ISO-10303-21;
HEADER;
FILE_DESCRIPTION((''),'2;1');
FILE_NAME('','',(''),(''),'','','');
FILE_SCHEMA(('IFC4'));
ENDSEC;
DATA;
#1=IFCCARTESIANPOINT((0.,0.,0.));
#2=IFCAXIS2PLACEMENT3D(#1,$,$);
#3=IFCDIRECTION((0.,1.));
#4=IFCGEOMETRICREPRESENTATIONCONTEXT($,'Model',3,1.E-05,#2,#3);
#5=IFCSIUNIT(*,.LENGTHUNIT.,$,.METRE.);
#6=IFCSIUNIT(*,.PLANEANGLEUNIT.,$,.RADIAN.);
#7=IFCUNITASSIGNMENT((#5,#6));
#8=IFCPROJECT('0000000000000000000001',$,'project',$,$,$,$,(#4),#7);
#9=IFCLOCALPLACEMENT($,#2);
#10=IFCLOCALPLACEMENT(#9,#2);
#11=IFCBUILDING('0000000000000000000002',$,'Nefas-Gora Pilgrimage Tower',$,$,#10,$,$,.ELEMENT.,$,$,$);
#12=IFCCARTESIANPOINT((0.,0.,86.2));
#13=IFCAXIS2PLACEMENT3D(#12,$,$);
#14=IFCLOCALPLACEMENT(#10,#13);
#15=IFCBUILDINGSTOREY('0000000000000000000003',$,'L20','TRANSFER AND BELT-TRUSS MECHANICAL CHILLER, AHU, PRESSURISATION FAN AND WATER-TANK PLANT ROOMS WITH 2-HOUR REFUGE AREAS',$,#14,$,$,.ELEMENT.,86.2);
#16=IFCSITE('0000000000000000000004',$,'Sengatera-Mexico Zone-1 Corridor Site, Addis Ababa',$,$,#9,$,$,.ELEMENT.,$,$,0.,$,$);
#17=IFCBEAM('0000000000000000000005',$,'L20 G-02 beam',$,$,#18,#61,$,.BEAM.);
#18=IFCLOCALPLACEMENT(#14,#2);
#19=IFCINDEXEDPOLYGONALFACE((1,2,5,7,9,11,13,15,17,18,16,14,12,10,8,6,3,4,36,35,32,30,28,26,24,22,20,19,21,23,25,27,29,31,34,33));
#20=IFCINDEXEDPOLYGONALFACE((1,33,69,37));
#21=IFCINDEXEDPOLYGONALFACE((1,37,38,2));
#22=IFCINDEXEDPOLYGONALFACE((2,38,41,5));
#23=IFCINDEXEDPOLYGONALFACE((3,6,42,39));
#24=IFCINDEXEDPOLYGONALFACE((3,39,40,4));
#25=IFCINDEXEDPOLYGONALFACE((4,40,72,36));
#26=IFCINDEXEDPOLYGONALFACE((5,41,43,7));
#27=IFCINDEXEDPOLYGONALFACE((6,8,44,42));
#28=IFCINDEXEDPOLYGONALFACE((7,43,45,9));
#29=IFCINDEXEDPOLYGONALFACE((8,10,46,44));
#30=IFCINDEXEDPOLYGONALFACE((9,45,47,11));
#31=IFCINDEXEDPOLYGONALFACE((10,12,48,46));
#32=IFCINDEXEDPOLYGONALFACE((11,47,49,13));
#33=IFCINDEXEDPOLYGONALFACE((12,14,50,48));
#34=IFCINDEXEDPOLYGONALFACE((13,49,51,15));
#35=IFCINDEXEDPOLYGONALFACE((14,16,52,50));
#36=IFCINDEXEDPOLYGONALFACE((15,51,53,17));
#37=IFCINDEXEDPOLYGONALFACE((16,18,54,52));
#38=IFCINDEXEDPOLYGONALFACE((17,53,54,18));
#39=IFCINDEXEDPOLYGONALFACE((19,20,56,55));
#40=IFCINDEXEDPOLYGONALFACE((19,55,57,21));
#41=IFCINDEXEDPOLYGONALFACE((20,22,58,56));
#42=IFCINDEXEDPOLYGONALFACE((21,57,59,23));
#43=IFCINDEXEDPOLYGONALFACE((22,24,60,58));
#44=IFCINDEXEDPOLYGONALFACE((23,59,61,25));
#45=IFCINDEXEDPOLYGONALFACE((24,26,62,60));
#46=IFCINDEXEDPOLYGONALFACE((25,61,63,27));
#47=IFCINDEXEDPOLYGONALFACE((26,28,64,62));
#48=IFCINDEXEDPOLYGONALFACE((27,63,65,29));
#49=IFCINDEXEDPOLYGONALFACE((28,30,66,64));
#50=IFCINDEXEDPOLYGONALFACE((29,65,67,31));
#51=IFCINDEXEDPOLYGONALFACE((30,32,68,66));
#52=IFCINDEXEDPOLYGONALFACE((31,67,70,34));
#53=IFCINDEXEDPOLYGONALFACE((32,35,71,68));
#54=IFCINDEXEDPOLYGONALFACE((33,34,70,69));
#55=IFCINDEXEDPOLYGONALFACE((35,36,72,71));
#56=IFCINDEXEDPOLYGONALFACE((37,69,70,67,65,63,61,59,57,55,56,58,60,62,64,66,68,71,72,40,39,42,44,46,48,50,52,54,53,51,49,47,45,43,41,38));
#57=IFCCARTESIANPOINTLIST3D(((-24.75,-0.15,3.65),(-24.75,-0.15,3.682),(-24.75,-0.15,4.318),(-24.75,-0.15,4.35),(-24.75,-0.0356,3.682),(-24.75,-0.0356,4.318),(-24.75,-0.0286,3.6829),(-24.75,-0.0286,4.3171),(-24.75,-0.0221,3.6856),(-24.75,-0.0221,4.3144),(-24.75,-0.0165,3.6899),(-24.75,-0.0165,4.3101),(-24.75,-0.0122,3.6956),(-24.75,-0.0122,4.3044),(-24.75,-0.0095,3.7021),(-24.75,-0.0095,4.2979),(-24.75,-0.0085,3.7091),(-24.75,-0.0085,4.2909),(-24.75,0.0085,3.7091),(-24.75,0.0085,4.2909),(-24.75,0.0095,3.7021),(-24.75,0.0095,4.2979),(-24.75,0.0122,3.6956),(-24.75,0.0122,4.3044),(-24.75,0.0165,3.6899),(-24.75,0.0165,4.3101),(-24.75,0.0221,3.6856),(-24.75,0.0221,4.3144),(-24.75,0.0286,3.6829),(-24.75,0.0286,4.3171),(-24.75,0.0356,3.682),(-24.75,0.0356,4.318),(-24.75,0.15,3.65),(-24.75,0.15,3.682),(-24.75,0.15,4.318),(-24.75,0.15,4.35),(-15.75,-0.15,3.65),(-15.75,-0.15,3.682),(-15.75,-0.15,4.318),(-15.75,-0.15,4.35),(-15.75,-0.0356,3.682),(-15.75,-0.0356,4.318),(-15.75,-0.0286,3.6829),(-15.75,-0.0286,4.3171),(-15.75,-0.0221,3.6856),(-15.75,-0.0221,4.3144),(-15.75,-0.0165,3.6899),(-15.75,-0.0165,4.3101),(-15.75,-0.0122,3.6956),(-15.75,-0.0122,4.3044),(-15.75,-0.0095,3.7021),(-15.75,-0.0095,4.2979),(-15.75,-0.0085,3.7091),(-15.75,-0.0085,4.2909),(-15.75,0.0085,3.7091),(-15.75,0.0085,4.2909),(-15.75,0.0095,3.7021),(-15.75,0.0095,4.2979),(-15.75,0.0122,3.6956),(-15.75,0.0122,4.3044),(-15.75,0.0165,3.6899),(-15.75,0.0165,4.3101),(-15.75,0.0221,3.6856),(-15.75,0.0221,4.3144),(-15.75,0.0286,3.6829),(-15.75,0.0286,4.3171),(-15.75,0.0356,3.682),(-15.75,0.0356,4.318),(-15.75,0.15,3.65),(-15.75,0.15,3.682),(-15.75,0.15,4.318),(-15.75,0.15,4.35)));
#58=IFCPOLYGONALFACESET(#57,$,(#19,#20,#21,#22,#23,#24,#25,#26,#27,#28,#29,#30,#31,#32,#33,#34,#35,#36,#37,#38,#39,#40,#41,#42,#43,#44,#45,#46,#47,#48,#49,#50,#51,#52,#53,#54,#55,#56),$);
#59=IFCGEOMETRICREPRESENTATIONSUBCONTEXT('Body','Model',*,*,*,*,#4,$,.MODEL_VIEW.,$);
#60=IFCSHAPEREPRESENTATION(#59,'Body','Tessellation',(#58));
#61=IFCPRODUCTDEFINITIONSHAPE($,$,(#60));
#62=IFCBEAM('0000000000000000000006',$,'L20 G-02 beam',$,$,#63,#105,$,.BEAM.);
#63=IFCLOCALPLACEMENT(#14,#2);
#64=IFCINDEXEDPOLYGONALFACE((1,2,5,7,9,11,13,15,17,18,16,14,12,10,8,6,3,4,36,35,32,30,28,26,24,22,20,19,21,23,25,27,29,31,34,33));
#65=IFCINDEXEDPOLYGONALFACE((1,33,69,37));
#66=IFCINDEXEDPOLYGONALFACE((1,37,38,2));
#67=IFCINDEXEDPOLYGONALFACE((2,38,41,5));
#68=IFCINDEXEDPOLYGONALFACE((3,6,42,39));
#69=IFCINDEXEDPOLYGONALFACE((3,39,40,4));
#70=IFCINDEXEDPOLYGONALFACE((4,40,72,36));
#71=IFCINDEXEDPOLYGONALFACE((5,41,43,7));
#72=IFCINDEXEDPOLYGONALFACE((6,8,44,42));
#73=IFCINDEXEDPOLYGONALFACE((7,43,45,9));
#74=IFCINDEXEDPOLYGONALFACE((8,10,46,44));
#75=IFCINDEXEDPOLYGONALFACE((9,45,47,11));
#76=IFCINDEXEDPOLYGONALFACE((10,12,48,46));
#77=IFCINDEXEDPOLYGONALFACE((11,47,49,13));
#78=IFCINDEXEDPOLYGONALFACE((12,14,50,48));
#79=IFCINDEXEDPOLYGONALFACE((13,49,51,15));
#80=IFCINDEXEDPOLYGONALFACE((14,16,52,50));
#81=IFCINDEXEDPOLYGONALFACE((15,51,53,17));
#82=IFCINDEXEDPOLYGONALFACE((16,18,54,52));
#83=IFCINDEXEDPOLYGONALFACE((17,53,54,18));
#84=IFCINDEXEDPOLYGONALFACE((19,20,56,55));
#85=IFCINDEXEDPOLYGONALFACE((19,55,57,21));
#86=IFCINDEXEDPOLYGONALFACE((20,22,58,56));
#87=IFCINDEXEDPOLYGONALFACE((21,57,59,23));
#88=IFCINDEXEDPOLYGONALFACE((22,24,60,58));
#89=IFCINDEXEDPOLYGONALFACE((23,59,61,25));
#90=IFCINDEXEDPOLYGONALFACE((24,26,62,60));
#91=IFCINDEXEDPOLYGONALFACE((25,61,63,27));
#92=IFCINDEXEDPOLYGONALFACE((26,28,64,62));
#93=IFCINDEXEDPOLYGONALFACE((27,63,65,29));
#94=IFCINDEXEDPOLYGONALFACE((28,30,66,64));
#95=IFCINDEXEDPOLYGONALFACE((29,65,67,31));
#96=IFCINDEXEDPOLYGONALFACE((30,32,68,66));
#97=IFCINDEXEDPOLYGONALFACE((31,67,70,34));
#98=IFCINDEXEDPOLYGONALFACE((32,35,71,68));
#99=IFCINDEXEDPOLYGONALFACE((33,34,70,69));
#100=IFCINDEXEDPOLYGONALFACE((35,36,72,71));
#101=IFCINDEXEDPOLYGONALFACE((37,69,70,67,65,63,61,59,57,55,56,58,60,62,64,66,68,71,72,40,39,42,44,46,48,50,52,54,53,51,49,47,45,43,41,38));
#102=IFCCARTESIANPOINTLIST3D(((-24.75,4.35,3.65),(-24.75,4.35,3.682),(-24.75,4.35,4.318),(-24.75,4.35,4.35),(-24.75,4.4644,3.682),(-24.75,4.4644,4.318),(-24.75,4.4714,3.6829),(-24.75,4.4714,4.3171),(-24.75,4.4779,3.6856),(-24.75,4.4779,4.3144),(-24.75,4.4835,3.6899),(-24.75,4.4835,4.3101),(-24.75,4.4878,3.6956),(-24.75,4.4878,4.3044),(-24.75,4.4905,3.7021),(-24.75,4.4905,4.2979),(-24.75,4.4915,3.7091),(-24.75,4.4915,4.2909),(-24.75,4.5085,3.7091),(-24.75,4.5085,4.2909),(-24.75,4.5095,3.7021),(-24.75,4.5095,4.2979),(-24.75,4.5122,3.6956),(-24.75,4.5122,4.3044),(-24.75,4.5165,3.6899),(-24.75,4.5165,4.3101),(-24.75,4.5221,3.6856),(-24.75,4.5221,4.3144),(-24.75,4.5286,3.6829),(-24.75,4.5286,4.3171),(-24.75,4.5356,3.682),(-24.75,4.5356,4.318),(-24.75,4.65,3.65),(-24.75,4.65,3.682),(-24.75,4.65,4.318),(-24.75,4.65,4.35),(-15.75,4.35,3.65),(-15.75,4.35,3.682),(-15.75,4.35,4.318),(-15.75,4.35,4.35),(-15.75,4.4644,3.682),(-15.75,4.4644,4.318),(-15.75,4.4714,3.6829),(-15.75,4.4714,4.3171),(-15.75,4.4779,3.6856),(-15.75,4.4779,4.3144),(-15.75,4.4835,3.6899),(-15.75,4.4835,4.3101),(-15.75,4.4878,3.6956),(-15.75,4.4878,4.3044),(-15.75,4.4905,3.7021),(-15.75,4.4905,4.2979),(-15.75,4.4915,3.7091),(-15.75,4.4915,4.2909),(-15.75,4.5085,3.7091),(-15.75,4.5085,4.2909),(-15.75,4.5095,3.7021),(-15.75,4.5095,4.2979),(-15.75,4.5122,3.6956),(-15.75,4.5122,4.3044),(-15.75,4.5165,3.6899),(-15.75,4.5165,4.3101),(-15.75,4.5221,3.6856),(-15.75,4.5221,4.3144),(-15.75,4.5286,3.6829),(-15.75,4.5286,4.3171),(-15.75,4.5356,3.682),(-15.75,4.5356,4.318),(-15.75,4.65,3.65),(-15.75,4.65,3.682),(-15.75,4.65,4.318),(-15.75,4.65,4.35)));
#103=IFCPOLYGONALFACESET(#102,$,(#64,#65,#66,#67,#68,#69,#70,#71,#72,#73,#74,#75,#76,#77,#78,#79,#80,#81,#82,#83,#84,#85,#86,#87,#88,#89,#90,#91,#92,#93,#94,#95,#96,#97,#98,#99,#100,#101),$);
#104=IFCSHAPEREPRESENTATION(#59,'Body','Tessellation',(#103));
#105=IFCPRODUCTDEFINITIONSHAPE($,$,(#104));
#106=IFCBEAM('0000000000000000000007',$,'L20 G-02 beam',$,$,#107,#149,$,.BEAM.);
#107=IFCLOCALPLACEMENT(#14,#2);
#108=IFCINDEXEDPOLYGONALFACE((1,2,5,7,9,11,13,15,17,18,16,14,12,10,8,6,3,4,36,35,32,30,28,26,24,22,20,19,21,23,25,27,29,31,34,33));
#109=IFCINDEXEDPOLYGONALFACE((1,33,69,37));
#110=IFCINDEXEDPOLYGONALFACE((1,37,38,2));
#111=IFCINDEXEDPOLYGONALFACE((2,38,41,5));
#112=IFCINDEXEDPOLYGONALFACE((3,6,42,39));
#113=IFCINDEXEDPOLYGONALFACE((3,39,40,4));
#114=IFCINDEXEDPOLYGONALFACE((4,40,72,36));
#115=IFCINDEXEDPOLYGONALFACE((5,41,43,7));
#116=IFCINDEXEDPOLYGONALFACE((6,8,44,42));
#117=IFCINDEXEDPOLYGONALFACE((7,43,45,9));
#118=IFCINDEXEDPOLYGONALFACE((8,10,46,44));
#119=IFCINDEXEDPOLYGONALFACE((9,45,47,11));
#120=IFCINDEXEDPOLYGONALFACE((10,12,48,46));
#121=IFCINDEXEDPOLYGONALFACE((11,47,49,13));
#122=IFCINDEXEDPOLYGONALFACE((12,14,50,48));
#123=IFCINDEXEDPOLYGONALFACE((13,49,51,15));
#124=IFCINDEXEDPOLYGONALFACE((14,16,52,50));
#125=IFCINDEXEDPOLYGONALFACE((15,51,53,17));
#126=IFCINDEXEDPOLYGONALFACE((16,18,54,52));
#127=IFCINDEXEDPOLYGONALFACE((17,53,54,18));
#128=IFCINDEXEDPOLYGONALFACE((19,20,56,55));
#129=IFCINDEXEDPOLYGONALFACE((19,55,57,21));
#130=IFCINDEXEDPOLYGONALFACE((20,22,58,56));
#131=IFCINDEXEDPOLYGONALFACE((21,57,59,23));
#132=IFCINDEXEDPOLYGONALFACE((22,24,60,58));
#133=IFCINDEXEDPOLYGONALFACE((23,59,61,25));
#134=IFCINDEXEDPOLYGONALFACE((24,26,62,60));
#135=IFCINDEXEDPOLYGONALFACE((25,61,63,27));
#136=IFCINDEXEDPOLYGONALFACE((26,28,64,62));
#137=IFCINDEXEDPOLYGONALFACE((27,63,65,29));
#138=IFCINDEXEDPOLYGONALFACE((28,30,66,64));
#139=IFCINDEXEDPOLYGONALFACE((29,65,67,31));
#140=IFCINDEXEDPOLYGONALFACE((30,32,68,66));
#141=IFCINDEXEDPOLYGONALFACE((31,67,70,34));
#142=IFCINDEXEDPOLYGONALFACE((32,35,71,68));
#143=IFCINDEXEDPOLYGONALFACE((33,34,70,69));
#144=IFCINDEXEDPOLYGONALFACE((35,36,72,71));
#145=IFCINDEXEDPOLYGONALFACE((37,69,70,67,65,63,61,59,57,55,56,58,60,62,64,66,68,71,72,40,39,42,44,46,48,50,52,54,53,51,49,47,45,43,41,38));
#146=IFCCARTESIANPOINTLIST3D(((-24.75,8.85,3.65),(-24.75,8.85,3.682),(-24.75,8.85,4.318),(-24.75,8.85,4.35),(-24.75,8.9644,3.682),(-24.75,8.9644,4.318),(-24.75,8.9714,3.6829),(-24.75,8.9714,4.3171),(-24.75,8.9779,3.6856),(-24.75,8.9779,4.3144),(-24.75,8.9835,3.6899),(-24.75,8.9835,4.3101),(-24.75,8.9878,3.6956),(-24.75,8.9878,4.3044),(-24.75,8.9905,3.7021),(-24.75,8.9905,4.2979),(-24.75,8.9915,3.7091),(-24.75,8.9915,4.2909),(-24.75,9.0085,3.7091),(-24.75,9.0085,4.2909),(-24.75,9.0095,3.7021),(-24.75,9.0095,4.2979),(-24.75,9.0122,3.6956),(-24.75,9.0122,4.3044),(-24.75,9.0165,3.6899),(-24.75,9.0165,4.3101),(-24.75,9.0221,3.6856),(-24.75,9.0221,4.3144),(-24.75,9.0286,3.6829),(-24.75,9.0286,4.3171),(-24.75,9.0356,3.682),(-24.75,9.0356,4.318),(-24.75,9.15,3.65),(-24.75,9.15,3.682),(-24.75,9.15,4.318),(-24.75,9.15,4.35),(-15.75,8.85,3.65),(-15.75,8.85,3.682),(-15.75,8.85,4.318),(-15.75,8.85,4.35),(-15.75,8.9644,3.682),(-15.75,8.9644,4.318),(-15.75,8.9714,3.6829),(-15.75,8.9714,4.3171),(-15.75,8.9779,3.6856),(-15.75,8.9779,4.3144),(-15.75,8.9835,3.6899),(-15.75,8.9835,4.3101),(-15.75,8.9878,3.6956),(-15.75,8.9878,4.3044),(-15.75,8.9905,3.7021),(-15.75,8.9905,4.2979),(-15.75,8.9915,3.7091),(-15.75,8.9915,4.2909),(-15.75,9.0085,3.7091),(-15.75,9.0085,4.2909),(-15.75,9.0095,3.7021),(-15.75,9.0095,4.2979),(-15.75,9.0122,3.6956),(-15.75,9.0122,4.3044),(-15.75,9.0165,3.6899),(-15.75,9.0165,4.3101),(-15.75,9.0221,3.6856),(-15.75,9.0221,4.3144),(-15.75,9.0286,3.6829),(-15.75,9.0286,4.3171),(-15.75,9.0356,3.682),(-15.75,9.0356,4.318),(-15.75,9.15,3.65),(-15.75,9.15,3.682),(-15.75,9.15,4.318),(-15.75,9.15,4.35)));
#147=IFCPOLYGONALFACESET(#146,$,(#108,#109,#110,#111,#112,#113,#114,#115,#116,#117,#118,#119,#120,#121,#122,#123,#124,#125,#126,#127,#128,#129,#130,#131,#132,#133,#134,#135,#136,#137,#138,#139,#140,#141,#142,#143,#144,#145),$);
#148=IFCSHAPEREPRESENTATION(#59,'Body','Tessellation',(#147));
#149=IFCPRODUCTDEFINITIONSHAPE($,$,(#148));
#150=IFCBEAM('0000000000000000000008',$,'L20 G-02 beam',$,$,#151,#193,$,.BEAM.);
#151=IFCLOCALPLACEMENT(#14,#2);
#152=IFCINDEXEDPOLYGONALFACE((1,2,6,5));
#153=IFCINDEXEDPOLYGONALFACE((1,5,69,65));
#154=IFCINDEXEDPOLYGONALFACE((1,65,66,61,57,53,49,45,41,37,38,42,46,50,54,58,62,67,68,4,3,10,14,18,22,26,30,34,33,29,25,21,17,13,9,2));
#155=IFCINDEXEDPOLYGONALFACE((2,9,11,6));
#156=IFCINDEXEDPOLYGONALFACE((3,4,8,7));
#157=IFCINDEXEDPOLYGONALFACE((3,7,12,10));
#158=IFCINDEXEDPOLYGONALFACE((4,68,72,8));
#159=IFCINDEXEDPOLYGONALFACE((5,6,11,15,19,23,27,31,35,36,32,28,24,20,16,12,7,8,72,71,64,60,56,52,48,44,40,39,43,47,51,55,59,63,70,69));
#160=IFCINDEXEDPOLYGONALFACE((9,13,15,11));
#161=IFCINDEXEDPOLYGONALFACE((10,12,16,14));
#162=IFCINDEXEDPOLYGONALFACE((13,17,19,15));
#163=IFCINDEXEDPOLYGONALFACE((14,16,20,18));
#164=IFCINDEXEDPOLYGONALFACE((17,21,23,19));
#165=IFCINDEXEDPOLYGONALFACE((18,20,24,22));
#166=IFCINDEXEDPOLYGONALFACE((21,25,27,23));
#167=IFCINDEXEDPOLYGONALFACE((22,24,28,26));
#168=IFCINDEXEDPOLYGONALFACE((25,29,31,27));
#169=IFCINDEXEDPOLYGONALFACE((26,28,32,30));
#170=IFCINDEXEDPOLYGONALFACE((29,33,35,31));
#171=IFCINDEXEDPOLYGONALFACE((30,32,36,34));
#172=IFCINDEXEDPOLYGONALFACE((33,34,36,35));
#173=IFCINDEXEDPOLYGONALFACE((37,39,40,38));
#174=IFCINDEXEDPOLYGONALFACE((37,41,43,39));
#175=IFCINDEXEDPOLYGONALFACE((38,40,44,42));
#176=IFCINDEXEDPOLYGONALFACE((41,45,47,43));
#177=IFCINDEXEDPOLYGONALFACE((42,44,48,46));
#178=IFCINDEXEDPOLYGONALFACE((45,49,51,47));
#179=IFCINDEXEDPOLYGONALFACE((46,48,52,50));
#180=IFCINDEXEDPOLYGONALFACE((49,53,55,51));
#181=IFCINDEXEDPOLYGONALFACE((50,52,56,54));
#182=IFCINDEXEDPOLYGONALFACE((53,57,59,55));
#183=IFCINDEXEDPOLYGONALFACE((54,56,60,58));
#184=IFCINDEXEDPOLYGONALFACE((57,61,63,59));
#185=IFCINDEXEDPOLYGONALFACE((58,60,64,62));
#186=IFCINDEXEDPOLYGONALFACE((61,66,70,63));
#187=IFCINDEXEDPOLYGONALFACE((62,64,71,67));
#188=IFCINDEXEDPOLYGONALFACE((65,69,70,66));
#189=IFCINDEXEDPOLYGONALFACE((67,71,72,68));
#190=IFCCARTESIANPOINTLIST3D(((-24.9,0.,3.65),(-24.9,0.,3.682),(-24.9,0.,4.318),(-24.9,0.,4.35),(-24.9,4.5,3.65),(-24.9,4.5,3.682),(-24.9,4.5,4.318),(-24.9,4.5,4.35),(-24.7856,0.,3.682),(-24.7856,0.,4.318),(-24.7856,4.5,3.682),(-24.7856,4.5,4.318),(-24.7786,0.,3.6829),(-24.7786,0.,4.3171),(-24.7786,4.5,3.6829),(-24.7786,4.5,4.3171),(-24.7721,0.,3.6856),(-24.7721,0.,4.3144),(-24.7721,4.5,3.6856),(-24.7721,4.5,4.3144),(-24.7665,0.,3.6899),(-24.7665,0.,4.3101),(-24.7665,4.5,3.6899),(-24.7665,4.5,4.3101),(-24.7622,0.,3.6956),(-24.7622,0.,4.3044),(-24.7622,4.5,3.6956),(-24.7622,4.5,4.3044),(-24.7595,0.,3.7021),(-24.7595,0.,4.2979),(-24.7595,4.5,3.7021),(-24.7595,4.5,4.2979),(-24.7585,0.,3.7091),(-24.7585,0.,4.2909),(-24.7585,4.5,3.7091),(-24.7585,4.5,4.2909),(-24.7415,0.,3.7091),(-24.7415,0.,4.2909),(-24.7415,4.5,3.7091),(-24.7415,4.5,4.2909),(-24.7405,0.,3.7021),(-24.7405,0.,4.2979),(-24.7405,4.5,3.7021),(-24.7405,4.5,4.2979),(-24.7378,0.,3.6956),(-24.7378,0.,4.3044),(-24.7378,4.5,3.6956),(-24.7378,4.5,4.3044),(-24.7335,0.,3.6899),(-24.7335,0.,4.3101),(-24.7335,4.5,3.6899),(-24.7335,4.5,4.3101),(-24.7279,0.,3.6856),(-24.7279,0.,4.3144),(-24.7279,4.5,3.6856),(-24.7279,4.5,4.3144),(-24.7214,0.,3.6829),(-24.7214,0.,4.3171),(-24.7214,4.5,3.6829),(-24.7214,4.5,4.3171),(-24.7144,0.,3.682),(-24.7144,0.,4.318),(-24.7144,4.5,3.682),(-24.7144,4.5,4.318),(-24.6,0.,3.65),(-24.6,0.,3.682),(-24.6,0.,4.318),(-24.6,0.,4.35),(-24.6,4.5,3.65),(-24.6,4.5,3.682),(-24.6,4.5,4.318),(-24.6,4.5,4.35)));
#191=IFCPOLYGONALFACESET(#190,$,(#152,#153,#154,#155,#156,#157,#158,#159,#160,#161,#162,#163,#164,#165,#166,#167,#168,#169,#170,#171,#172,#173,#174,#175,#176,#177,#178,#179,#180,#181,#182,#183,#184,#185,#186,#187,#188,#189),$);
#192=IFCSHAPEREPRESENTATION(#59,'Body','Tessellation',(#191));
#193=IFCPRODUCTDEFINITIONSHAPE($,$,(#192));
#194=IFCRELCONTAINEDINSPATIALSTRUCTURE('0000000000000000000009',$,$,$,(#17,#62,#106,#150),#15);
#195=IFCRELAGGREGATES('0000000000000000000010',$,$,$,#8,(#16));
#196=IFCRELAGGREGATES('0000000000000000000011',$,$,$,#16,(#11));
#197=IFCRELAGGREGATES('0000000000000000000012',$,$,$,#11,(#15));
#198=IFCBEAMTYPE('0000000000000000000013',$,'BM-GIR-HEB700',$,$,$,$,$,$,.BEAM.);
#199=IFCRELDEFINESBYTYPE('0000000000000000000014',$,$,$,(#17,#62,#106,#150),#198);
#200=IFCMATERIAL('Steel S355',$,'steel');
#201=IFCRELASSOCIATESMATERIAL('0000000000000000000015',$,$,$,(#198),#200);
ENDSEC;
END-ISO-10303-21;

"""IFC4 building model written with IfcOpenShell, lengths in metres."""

from ifc_helpers import new_model, si_unit, direction, frame, origin, origin_2d, place, context, subcontext, project, spatial, i_section, extrude, source, transform, mapped, material, material_profile, profile_set, type_object, element, save


model = new_model("IFC4")

# Units and contexts
model_context = context("Model", 3, precision=1e-05, world=origin(), true_north=direction((0.0, 1.0)))
body_context = subcontext(model_context, "Body", "Model", "MODEL_VIEW")
ifc_project = project(units=[si_unit("LENGTHUNIT", "METRE"), si_unit("PLANEANGLEUNIT", "RADIAN")], contexts=[model_context])

# Site, building, storey
site_placement = place(None, origin())
site = spatial("IfcSite", under=ifc_project, at=site_placement, Name="Sengatera-Mexico Zone-1 Corridor Site, Addis Ababa", CompositionType="ELEMENT", RefElevation=0.0)
building_placement = place(site_placement, origin())
building = spatial("IfcBuilding", under=site, at=building_placement, Name="Nefas-Gora Pilgrimage Tower", CompositionType="ELEMENT")
storey_placement = place(building_placement, frame((0.0, 0.0, 86.2)))
storey = spatial("IfcBuildingStorey", under=building, at=storey_placement, Name="L20", Description="TRANSFER AND BELT-TRUSS MECHANICAL CHILLER, AHU, PRESSURISATION FAN AND WATER-TANK PLANT ROOMS WITH 2-HOUR REFUGE AREAS", CompositionType="ELEMENT", Elevation=86.2)

# Beams
ifc_material_1 = material(Name="Steel S355", Category="steel")
ifc_material_profile_1 = material_profile(ifc_material_1, i_section(OverallWidth=0.3, OverallDepth=0.7, WebThickness=0.0171, FlangeThickness=0.032, FilletRadius=0.0271, at=origin_2d()), Name="HEB 700")
ifc_profile_set_1 = profile_set([ifc_material_profile_1], Name="Steel S355")
beam_type_1 = type_object("IfcBeamType", Name="BM-GIR-HEB700", PredefinedType="BEAM", material=ifc_profile_set_1)
shared_shape_1 = source(origin(), body_context, "Body", "SweptSolid", [
    extrude(i_section(OverallWidth=0.3, OverallDepth=0.7, WebThickness=0.0171, FlangeThickness=0.032, FilletRadius=0.0271, at=origin_2d()), origin(), (0.0, 0.0, 1.0), 9.0),
])
for number, where, z_axis, x_axis, name in (
    (1, (-24.75, 0.0, 4.0), (1.0, 0.0, 0.0), (0.0, 1.0, 0.0), "L20 G-02 beam"),
    (2, (-24.75, 4.5, 4.0), (1.0, 0.0, 0.0), (0.0, 1.0, 0.0), "L20 G-02 beam"),
    (3, (-24.75, 9.0, 4.0), (1.0, 0.0, 0.0), (0.0, 1.0, 0.0), "L20 G-02 beam"),
):
    element("IfcBeam", number, at=place(storey_placement, frame(where, z_axis=z_axis, x_axis=x_axis)), inside=storey, type_object=beam_type_1, Name=name, PredefinedType="BEAM", context=body_context, shape_type="MappedRepresentation", body=[
        mapped(shared_shape_1, transform((0.0, 0.0, 0.0), x_axis=(1.0, 0.0, 0.0), y_axis=(0.0, 1.0, 0.0), z_axis=(0.0, 0.0, 1.0), scale=1.0)),
    ])
shared_shape_2 = source(origin(), body_context, "Body", "SweptSolid", [
    extrude(i_section(OverallWidth=0.3, OverallDepth=0.7, WebThickness=0.0171, FlangeThickness=0.032, FilletRadius=0.0271, at=origin_2d()), origin(), (0.0, 0.0, 1.0), 4.5),
])
for number, where, z_axis, x_axis, name in (
    (4, (-24.75, 0.0, 4.0), (0.0, 1.0, 0.0), (-1.0, 0.0, 0.0), "L20 G-02 beam"),
):
    element("IfcBeam", number, at=place(storey_placement, frame(where, z_axis=z_axis, x_axis=x_axis)), inside=storey, type_object=beam_type_1, Name=name, PredefinedType="BEAM", context=body_context, shape_type="MappedRepresentation", body=[
        mapped(shared_shape_2, transform((0.0, 0.0, 0.0), x_axis=(1.0, 0.0, 0.0), y_axis=(0.0, 1.0, 0.0), z_axis=(0.0, 0.0, 1.0), scale=1.0)),
    ])

save(model, "model.ifc")
